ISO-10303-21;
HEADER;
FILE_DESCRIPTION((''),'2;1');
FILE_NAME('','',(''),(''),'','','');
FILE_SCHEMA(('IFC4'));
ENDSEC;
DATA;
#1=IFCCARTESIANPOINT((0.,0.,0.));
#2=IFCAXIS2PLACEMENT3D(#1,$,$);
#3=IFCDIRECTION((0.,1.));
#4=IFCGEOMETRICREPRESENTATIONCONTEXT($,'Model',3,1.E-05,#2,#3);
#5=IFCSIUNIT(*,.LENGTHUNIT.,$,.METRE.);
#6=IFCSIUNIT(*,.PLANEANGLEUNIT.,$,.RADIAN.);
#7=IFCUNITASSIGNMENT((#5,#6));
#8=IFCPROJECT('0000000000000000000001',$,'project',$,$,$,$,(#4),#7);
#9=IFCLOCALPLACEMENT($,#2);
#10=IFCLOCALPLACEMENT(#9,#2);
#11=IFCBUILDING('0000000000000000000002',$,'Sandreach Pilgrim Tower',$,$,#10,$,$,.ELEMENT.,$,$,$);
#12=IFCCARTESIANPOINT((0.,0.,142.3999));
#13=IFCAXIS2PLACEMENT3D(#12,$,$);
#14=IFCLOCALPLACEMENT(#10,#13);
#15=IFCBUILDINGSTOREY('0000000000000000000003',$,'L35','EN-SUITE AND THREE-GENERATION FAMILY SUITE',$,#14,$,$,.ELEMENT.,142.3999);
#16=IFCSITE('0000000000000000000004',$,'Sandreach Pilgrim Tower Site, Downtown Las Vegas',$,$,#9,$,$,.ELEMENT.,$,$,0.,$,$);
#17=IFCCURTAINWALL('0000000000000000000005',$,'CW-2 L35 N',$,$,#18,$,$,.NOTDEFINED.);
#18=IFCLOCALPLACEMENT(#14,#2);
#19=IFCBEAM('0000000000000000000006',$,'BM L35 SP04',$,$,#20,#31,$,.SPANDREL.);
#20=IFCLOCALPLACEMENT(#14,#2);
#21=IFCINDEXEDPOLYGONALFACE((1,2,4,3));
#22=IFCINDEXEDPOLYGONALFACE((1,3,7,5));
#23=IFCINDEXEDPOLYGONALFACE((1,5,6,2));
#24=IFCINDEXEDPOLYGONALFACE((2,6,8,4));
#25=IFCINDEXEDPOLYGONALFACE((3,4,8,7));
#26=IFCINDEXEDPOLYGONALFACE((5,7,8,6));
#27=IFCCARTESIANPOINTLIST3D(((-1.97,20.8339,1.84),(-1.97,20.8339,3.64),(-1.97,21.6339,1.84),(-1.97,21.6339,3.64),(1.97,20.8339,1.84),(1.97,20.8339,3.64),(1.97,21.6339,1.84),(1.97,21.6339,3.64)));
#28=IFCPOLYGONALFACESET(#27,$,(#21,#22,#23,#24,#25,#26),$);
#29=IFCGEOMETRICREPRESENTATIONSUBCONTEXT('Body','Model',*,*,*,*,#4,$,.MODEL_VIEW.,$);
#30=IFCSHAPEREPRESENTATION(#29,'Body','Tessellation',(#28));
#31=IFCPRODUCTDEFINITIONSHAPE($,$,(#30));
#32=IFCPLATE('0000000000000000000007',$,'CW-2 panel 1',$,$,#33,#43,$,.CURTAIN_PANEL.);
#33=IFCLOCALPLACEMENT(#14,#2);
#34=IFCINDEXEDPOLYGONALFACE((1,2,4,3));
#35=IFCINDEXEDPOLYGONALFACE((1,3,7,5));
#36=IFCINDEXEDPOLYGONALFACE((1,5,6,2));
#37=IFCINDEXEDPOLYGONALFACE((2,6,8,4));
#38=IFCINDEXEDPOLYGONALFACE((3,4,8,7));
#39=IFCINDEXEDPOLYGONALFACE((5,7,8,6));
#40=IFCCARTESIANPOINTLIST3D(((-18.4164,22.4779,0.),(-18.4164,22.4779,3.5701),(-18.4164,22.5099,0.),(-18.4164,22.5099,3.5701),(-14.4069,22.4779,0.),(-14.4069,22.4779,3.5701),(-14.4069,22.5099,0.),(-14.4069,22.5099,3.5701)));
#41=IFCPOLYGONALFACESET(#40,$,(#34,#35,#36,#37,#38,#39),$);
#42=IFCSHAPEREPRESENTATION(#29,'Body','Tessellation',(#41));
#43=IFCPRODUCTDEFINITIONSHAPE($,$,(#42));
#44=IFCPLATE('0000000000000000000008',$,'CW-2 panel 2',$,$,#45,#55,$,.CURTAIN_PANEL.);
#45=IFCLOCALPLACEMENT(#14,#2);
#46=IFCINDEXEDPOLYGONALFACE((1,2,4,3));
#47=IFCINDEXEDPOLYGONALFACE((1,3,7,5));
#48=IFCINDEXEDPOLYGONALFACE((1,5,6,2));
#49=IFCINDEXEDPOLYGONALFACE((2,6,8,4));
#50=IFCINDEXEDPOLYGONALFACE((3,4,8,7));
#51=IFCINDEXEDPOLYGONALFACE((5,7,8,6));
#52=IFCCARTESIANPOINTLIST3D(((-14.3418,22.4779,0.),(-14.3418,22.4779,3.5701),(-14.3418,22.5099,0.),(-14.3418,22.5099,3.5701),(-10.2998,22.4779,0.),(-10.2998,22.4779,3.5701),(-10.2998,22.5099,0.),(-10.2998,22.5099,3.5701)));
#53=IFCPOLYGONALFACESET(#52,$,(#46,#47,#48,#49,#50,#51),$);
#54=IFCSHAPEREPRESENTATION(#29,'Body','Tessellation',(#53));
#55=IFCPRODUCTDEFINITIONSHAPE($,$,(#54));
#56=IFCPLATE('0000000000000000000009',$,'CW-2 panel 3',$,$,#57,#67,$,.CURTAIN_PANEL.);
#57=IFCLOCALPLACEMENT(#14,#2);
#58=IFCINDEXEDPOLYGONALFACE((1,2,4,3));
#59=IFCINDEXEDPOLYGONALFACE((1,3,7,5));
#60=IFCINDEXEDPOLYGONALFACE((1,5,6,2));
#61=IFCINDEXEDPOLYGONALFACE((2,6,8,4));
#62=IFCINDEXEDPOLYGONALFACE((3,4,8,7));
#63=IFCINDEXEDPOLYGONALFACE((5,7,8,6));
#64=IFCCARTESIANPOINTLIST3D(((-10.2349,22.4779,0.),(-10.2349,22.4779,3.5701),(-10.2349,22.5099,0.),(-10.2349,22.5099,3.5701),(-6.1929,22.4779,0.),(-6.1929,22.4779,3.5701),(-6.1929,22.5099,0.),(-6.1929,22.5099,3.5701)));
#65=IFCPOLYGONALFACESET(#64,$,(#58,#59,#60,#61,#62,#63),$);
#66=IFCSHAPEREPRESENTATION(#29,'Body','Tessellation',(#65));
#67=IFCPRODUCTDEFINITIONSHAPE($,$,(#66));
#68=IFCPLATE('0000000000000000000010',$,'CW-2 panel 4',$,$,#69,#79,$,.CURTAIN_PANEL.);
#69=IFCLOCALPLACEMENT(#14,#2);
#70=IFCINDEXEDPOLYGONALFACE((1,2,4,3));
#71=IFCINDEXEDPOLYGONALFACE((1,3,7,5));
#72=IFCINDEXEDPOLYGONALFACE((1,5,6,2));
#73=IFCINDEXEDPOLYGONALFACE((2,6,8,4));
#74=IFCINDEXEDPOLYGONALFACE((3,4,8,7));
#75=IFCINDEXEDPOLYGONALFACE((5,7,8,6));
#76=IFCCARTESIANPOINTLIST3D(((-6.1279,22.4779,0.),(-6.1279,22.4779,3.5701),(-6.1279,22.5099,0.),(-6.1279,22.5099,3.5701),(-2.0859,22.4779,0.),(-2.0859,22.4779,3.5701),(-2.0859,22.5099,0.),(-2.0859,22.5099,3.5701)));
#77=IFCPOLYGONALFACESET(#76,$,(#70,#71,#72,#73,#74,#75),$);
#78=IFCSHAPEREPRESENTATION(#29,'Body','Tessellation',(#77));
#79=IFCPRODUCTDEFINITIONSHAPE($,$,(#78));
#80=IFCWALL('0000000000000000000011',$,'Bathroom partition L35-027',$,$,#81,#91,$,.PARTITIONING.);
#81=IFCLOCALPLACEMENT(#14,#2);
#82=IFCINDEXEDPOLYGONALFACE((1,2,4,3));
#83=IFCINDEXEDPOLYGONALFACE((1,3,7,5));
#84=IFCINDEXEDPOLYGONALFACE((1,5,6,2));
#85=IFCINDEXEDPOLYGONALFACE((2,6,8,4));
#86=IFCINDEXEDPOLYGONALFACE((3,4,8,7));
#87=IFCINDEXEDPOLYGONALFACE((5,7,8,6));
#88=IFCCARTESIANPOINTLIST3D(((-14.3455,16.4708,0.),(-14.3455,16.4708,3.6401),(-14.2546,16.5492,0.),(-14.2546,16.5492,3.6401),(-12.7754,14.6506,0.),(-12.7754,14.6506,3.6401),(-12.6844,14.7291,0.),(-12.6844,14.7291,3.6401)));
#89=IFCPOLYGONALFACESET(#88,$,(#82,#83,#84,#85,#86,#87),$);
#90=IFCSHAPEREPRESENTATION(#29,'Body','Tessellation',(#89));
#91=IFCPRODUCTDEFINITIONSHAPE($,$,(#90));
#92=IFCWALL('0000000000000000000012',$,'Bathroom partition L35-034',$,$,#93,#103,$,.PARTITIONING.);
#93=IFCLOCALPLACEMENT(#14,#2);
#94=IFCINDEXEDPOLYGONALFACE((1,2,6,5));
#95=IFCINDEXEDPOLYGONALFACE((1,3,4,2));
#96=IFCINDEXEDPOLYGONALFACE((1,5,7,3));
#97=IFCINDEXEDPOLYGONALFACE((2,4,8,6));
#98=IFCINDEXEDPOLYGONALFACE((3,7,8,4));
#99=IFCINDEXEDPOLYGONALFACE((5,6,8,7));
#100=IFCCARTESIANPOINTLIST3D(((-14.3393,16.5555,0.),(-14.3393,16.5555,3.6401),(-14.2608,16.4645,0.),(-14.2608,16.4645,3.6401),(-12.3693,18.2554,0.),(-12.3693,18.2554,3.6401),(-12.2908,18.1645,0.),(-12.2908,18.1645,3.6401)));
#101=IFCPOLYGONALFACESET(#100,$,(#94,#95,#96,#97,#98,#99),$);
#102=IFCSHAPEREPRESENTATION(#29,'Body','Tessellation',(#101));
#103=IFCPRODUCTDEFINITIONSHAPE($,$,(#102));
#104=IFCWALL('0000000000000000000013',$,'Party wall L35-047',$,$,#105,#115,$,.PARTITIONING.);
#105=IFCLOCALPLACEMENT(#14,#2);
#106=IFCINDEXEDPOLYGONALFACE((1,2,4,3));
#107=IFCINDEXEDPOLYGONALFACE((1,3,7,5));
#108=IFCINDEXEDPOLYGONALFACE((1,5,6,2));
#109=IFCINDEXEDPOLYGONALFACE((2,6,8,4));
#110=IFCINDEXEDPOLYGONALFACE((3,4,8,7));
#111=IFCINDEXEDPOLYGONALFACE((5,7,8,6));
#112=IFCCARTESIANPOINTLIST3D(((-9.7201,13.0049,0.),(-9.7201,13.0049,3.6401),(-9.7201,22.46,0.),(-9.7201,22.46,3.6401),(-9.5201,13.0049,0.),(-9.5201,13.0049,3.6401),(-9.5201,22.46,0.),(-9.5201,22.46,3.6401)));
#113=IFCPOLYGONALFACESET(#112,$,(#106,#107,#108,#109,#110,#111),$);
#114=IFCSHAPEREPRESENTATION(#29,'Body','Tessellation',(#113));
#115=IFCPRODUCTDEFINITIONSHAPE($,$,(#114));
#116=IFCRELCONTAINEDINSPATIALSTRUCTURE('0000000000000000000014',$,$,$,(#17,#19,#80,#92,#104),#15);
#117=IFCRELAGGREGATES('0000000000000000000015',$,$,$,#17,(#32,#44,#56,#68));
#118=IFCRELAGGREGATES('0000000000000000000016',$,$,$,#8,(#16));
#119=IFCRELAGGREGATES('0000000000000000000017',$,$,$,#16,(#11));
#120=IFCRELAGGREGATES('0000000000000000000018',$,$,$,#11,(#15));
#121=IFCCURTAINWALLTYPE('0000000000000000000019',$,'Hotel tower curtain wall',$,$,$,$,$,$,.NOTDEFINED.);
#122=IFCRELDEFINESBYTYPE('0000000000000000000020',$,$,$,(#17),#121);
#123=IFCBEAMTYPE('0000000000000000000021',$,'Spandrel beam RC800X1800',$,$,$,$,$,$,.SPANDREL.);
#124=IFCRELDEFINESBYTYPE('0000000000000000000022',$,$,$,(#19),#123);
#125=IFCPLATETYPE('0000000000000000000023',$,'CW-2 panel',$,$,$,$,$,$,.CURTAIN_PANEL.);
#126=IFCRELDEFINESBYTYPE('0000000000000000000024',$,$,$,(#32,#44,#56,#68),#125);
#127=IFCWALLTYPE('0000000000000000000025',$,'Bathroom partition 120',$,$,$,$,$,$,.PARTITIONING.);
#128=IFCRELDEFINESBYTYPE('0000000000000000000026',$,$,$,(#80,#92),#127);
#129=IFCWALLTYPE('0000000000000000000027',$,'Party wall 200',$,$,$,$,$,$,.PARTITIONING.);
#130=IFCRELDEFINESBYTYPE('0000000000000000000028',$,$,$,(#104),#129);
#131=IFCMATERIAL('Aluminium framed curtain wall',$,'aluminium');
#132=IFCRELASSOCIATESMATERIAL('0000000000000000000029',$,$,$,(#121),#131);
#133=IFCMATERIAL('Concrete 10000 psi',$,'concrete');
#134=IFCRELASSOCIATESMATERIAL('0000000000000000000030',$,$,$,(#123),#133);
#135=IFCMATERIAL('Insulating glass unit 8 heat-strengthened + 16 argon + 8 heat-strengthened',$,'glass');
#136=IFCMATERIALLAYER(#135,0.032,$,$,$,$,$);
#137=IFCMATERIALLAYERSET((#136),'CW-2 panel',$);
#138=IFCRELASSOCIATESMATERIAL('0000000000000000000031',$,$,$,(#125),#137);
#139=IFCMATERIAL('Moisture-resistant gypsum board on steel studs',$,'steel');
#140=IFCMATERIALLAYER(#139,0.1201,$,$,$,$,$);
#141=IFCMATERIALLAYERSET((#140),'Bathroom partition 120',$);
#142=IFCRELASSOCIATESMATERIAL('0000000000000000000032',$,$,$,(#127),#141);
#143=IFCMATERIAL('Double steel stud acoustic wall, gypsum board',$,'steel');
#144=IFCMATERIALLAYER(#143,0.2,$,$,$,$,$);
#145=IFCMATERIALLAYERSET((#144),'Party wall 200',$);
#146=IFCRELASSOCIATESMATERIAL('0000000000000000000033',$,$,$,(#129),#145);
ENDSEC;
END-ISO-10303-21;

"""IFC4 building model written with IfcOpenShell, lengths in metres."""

from ifc_helpers import new_model, si_unit, direction, frame, frame_2d, origin, origin_2d, place, context, subcontext, project, spatial, rectangle, extrude, material, layer, layer_set, material_profile, profile_set, type_object, element, aggregate, save


model = new_model("IFC4")

# Units and contexts
model_context = context("Model", 3, precision=1e-05, world=origin(), true_north=direction((0.0, 1.0)))
body_context = subcontext(model_context, "Body", "Model", "MODEL_VIEW")
ifc_project = project(units=[si_unit("LENGTHUNIT", "METRE"), si_unit("PLANEANGLEUNIT", "RADIAN")], contexts=[model_context])

# Site, building, storey
site_placement = place(None, origin())
site = spatial("IfcSite", under=ifc_project, at=site_placement, Name="Sandreach Pilgrim Tower Site, Downtown Las Vegas", CompositionType="ELEMENT", RefElevation=0.0)
building_placement = place(site_placement, origin())
building = spatial("IfcBuilding", under=site, at=building_placement, Name="Sandreach Pilgrim Tower", CompositionType="ELEMENT")
storey_placement = place(building_placement, frame((0.0, 0.0, 142.3999)))
storey = spatial("IfcBuildingStorey", under=building, at=storey_placement, Name="L35", Description="EN-SUITE AND THREE-GENERATION FAMILY SUITE", CompositionType="ELEMENT", Elevation=142.3999)

# Curtain wall
ifc_material_1 = material(Name="Aluminium framed curtain wall", Category="aluminium")
curtain_wall_type = type_object("IfcCurtainWallType", Name="Hotel tower curtain wall", PredefinedType="NOTDEFINED", material=ifc_material_1)
curtain_wall_placement = place(storey_placement, origin())
curtain_wall = element("IfcCurtainWall", 1, at=curtain_wall_placement, inside=storey, type_object=curtain_wall_type, Name="CW-2 L35 N", PredefinedType="NOTDEFINED")

# Beam
ifc_material_2 = material(Name="Concrete 10000 psi", Category="concrete")
ifc_material_profile_1 = material_profile(ifc_material_2, rectangle(XDim=0.8, YDim=1.8, at=origin_2d()), Name="RC800X1800")
ifc_profile_set_1 = profile_set([ifc_material_profile_1], Name="Concrete 10000 psi")
beam_type_1 = type_object("IfcBeamType", Name="Spandrel beam RC800X1800", PredefinedType="SPANDREL", material=ifc_profile_set_1)
for number, where, z_axis, x_axis, name in (
    (2, (-1.97, 21.2339, 2.74), (1.0, 0.0, 0.0), (0.0, 1.0, 0.0), "BM L35 SP04"),
):
    element("IfcBeam", number, at=place(storey_placement, frame(where, z_axis=z_axis, x_axis=x_axis)), inside=storey, type_object=beam_type_1, Name=name, PredefinedType="SPANDREL", context=body_context, shape_type="SweptSolid", body=[
        extrude(rectangle(XDim=0.8, YDim=1.8, at=origin_2d()), origin(), (0.0, 0.0, 1.0), 3.9399),
    ])

# Plates
ifc_material_3 = material(Name="Insulating glass unit 8 heat-strengthened + 16 argon + 8 heat-strengthened", Category="glass")
ifc_layer_1 = layer(ifc_material_3, 0.032)
ifc_layer_set_1 = layer_set([ifc_layer_1], Name="CW-2 panel")
plate_type = type_object("IfcPlateType", Name="CW-2 panel", PredefinedType="CURTAIN_PANEL", material=ifc_layer_set_1)
plate_1_placement = place(storey_placement, frame((-16.4116, 22.4939, 0.0), z_axis=(0.0, 0.0, 1.0), x_axis=(1.0, 0.0, 0.0)))
plate_1 = element("IfcPlate", 3, at=plate_1_placement, type_object=plate_type, Name="CW-2 panel 1", PredefinedType="CURTAIN_PANEL", context=body_context, shape_type="SweptSolid", body=[
    extrude(rectangle(XDim=4.0095, YDim=0.032, at=origin_2d()), origin(), (0.0, 0.0, 1.0), 3.5701),
])
plate_2_placement = place(storey_placement, frame((-12.3208, 22.4939, 0.0), z_axis=(0.0, 0.0, 1.0), x_axis=(1.0, 0.0, 0.0)))
plate_2 = element("IfcPlate", 4, at=plate_2_placement, type_object=plate_type, Name="CW-2 panel 2", PredefinedType="CURTAIN_PANEL", context=body_context, shape_type="SweptSolid", body=[
    extrude(rectangle(XDim=4.042, YDim=0.032, at=origin_2d()), origin(), (0.0, 0.0, 1.0), 3.5701),
])
plate_3_placement = place(storey_placement, frame((-8.2139, 22.4939, 0.0), z_axis=(0.0, 0.0, 1.0), x_axis=(1.0, 0.0, 0.0)))
plate_3 = element("IfcPlate", 5, at=plate_3_placement, type_object=plate_type, Name="CW-2 panel 3", PredefinedType="CURTAIN_PANEL", context=body_context, shape_type="SweptSolid", body=[
    extrude(rectangle(XDim=4.042, YDim=0.032, at=origin_2d()), origin(), (0.0, 0.0, 1.0), 3.5701),
])
plate_4_placement = place(storey_placement, frame((-4.1069, 22.4939, 0.0), z_axis=(0.0, 0.0, 1.0), x_axis=(1.0, 0.0, 0.0)))
plate_4 = element("IfcPlate", 6, at=plate_4_placement, type_object=plate_type, Name="CW-2 panel 4", PredefinedType="CURTAIN_PANEL", context=body_context, shape_type="SweptSolid", body=[
    extrude(rectangle(XDim=4.042, YDim=0.032, at=origin_2d()), origin(), (0.0, 0.0, 1.0), 3.5701),
])
aggregate(curtain_wall, [plate_1, plate_2, plate_3, plate_4])

# Walls
ifc_material_4 = material(Name="Moisture-resistant gypsum board on steel studs", Category="steel")
ifc_layer_2 = layer(ifc_material_4, 0.1201)
ifc_layer_set_2 = layer_set([ifc_layer_2], Name="Bathroom partition 120")
wall_type_1 = type_object("IfcWallType", Name="Bathroom partition 120", PredefinedType="PARTITIONING", material=ifc_layer_set_2)
wall_1_placement = place(storey_placement, frame((-14.3, 16.51, 0.0), z_axis=(0.0, 0.0, 1.0), x_axis=(0.653189, -0.757195, 0.0)))
element("IfcWall", 7, at=wall_1_placement, inside=storey, type_object=wall_type_1, Name="Bathroom partition L35-027", PredefinedType="PARTITIONING", context=body_context, shape_type="SweptSolid", body=[
    extrude(rectangle(XDim=2.4038, YDim=0.1201, at=frame_2d((1.2019, 0.0))), origin(), (0.0, 0.0, 1.0), 3.6401),
])
wall_2_placement = place(storey_placement, frame((-12.3301, 18.21, 0.0), z_axis=(0.0, 0.0, 1.0), x_axis=(-0.757087, -0.653314, 0.0)))
element("IfcWall", 8, at=wall_2_placement, inside=storey, type_object=wall_type_1, Name="Bathroom partition L35-034", PredefinedType="PARTITIONING", context=body_context, shape_type="SweptSolid", body=[
    extrude(rectangle(XDim=2.6021, YDim=0.1201, at=frame_2d((1.301, 0.0))), origin(), (0.0, 0.0, 1.0), 3.6401),
])

# Wall
ifc_material_5 = material(Name="Double steel stud acoustic wall, gypsum board", Category="steel")
ifc_layer_3 = layer(ifc_material_5, 0.2)
ifc_layer_set_3 = layer_set([ifc_layer_3], Name="Party wall 200")
wall_type_2 = type_object("IfcWallType", Name="Party wall 200", PredefinedType="PARTITIONING", material=ifc_layer_set_3)
wall_3_placement = place(storey_placement, frame((-9.6201, 22.46, 0.0), z_axis=(0.0, 0.0, 1.0), x_axis=(0.0, -1.0, 0.0)))
element("IfcWall", 9, at=wall_3_placement, inside=storey, type_object=wall_type_2, Name="Party wall L35-047", PredefinedType="PARTITIONING", context=body_context, shape_type="SweptSolid", body=[
    extrude(rectangle(XDim=9.4551, YDim=0.2, at=frame_2d((4.7275, 0.0))), origin(), (0.0, 0.0, 1.0), 3.6401),
])

save(model, "model.ifc")
